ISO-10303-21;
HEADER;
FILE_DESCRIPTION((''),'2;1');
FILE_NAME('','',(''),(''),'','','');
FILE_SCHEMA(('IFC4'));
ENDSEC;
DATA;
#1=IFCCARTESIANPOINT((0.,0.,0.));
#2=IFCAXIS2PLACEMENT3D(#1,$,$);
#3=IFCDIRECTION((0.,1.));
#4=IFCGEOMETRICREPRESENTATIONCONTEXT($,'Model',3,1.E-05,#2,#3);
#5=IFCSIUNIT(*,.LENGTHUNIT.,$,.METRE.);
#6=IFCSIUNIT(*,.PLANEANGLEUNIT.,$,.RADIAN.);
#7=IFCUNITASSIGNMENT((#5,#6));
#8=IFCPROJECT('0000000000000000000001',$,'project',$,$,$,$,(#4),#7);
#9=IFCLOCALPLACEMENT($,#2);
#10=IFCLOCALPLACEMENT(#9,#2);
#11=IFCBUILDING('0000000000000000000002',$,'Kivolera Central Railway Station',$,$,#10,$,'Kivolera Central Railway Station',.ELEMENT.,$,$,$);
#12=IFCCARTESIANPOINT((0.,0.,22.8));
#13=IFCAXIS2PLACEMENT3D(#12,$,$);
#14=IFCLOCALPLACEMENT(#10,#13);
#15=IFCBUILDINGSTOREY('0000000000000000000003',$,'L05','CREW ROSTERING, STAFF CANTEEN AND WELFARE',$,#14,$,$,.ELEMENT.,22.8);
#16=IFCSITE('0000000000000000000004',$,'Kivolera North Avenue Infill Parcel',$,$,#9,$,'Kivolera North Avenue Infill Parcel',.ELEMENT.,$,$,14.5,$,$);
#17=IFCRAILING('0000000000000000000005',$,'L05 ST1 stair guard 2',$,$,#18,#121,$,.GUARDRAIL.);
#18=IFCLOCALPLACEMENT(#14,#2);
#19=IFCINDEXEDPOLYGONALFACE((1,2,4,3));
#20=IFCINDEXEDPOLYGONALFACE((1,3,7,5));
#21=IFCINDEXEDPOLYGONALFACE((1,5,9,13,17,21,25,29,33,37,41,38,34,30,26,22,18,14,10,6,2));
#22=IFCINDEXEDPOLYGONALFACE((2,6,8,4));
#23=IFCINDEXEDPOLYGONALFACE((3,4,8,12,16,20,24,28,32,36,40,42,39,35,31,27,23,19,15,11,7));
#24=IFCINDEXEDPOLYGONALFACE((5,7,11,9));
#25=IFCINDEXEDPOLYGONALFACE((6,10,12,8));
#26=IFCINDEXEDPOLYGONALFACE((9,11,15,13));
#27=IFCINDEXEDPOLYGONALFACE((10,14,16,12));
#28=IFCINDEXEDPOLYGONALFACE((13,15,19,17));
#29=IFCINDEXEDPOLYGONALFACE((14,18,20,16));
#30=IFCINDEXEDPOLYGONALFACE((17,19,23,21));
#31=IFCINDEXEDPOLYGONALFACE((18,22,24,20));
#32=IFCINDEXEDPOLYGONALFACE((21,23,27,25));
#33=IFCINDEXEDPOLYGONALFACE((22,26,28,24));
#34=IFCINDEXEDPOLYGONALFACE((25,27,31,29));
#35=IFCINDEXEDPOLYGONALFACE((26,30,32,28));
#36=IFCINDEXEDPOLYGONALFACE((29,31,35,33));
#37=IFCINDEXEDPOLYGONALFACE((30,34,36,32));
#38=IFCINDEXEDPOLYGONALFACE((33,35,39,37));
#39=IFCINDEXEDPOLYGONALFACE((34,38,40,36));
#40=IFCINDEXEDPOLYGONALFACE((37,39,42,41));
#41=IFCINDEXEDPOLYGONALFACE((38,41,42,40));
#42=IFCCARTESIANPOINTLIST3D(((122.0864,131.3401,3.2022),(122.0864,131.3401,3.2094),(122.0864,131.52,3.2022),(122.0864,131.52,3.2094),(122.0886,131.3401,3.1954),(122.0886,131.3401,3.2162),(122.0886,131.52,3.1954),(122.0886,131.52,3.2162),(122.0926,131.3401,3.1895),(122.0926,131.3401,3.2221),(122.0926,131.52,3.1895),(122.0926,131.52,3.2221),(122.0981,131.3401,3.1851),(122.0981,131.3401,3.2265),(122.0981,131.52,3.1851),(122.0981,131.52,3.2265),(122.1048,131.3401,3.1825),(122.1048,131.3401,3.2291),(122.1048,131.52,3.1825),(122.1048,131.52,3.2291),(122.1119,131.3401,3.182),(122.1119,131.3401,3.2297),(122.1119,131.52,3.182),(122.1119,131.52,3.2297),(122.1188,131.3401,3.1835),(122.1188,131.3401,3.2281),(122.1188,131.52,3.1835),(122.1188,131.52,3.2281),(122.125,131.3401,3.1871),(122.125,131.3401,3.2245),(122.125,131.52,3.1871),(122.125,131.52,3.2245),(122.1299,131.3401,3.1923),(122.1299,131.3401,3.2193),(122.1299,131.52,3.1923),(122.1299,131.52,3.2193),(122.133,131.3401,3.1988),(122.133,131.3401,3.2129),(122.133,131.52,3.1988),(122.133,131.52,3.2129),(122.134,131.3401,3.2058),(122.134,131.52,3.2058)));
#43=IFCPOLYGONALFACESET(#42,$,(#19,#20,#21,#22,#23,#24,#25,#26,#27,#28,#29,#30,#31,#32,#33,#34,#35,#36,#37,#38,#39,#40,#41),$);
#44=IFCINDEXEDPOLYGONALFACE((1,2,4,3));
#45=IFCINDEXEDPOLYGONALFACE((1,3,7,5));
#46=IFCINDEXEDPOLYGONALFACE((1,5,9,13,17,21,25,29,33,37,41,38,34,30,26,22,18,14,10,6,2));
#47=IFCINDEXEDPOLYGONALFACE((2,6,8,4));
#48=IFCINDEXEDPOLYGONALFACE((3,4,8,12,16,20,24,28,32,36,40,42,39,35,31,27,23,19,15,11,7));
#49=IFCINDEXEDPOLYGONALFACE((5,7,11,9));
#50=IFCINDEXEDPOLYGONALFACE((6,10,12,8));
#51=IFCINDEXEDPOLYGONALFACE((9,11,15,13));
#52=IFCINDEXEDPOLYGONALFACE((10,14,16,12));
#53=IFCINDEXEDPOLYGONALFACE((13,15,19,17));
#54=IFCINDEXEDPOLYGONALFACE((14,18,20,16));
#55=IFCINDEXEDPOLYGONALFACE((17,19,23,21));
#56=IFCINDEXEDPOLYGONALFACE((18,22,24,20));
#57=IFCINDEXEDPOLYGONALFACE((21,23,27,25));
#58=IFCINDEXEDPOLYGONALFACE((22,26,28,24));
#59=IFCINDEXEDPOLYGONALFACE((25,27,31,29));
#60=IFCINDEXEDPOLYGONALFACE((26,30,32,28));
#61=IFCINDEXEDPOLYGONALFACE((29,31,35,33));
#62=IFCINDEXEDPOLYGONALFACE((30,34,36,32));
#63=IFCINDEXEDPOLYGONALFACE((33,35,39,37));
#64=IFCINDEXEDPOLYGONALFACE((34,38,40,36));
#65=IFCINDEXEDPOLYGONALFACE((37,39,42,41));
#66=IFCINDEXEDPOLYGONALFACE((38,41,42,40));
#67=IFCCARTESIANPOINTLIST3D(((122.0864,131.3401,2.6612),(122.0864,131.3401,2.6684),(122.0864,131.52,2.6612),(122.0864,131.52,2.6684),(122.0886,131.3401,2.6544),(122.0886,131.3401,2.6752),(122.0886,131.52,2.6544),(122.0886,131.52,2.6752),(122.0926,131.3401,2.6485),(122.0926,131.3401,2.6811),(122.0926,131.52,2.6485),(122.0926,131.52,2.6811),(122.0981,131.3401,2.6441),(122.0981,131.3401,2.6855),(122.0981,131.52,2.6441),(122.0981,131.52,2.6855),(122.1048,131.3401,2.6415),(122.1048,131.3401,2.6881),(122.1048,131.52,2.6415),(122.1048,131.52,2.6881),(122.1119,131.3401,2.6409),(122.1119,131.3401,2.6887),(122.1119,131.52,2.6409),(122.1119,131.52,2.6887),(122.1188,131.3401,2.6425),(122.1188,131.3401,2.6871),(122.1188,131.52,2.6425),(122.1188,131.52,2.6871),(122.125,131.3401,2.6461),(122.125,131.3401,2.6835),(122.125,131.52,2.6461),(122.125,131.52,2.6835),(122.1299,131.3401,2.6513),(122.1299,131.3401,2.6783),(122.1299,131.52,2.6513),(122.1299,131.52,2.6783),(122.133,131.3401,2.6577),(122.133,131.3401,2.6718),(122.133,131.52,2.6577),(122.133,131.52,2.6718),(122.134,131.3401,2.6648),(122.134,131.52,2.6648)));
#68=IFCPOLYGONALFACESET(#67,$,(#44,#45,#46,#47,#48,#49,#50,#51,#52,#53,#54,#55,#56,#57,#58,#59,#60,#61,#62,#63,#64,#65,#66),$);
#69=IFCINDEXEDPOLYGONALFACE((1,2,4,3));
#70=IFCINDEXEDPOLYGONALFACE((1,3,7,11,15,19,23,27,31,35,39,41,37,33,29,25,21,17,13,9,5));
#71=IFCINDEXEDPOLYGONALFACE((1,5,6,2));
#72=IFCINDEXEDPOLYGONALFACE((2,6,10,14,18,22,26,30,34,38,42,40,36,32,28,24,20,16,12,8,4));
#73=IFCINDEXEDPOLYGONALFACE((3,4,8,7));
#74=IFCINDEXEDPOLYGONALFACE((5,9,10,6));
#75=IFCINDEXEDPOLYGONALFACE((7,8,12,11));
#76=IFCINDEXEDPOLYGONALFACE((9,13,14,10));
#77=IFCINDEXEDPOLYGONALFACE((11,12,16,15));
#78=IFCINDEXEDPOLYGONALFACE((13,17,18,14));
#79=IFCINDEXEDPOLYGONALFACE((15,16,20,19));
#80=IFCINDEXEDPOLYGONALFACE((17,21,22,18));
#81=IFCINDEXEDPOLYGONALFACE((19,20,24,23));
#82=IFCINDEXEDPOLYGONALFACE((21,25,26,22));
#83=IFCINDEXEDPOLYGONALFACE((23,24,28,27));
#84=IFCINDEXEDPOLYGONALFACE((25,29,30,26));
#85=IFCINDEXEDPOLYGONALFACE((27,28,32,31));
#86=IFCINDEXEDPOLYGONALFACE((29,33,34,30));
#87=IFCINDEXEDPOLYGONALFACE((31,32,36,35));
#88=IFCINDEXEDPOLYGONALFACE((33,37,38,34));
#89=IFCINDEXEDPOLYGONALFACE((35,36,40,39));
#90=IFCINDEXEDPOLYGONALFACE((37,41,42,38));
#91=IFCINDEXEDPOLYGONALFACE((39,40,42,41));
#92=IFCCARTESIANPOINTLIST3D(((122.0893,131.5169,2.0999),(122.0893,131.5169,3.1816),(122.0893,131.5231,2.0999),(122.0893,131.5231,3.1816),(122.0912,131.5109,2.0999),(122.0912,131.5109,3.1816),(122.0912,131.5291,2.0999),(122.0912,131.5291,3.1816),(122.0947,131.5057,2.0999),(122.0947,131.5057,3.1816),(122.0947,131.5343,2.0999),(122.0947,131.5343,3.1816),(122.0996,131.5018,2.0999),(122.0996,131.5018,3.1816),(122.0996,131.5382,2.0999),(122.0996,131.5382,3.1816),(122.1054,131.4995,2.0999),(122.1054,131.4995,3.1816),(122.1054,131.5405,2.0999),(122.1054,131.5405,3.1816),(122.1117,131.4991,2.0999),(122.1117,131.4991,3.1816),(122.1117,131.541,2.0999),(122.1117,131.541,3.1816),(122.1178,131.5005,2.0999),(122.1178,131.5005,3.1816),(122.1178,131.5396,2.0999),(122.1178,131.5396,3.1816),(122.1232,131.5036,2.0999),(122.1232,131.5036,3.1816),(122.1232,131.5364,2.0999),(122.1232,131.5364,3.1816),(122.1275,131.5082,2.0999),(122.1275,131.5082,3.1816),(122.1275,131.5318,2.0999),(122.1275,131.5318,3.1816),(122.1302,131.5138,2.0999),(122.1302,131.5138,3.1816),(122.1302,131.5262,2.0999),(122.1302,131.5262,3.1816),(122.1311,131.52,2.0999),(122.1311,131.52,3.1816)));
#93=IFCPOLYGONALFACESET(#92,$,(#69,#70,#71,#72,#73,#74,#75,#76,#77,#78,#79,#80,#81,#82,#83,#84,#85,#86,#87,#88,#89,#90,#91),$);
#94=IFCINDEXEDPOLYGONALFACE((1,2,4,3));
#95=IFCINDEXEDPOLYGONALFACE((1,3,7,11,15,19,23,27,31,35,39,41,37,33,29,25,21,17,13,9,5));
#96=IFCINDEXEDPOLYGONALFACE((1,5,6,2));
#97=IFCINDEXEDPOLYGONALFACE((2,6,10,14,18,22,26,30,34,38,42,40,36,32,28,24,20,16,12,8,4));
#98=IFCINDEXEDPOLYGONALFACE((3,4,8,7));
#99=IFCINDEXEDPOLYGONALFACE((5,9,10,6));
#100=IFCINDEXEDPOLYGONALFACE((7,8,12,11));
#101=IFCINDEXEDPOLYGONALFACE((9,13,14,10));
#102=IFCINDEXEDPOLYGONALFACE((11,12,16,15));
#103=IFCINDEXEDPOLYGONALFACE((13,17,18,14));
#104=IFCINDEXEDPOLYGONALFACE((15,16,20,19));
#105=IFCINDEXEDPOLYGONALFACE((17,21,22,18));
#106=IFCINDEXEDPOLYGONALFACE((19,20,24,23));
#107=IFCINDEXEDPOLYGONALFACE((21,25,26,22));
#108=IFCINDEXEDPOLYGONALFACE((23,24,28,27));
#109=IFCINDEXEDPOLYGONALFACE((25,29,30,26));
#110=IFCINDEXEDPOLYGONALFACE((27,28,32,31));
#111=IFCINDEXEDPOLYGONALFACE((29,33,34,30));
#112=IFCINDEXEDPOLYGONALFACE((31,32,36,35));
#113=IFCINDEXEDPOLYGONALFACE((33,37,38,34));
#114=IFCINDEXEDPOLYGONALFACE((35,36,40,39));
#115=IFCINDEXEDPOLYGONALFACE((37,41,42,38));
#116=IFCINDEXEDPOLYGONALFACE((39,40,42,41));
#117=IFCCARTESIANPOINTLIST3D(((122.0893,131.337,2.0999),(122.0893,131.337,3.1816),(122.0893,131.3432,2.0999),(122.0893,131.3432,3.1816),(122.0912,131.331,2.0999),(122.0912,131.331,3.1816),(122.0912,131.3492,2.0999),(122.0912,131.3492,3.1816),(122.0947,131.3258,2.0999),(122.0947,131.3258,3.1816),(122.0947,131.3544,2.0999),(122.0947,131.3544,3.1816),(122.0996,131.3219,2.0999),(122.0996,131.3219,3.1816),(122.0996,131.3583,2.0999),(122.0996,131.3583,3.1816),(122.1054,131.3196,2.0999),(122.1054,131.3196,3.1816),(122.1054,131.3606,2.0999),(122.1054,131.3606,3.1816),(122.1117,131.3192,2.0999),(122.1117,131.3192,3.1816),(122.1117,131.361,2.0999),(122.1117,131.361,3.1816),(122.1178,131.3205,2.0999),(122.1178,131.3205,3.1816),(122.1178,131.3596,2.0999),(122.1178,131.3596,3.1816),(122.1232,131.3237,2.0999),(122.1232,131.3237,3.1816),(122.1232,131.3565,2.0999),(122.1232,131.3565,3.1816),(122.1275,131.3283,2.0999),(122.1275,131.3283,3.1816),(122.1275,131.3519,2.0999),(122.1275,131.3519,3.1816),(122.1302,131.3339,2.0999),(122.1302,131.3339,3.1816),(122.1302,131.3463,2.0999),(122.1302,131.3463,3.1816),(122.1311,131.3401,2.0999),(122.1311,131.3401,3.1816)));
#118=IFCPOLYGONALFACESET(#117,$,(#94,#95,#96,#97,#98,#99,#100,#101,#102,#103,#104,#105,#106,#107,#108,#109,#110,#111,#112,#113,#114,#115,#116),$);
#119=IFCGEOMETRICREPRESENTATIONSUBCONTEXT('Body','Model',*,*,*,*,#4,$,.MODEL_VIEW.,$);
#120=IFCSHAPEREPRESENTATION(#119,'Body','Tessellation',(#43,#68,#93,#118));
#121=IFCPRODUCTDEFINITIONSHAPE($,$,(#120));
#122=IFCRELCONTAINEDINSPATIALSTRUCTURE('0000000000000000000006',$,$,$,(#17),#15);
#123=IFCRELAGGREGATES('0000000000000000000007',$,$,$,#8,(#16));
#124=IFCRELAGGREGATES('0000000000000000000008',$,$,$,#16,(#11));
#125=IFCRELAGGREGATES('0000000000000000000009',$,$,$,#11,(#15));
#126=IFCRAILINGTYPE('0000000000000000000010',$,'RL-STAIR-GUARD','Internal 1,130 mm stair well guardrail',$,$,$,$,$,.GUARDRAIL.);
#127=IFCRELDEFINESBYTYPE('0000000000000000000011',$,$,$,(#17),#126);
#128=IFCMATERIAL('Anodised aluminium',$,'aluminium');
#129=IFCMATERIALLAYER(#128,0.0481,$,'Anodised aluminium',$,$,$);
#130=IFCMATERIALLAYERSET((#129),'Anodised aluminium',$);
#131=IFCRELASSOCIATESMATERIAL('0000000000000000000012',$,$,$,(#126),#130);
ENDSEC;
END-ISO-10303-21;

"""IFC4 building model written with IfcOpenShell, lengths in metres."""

from ifc_helpers import new_model, si_unit, direction, frame, origin, origin_2d, place, context, subcontext, project, spatial, circle, extrude, material, layer, layer_set, type_object, element, save


model = new_model("IFC4")

# Units and contexts
model_context = context("Model", 3, precision=1e-05, world=origin(), true_north=direction((0.0, 1.0)))
body_context = subcontext(model_context, "Body", "Model", "MODEL_VIEW")
ifc_project = project(units=[si_unit("LENGTHUNIT", "METRE"), si_unit("PLANEANGLEUNIT", "RADIAN")], contexts=[model_context])

# Site, building, storey
site_placement = place(None, origin())
site = spatial("IfcSite", under=ifc_project, at=site_placement, Name="Kivolera North Avenue Infill Parcel", LongName="Kivolera North Avenue Infill Parcel", CompositionType="ELEMENT", RefElevation=14.5)
building_placement = place(site_placement, origin())
building = spatial("IfcBuilding", under=site, at=building_placement, Name="Kivolera Central Railway Station", LongName="Kivolera Central Railway Station", CompositionType="ELEMENT")
storey_placement = place(building_placement, frame((0.0, 0.0, 22.8)))
storey = spatial("IfcBuildingStorey", under=building, at=storey_placement, Name="L05", Description="CREW ROSTERING, STAFF CANTEEN AND WELFARE", CompositionType="ELEMENT", Elevation=22.8)

# Shared definitions
ifc_material_1 = material(Name="Anodised aluminium", Category="aluminium")

# Railing
ifc_layer_1 = layer(ifc_material_1, 0.0481, Name="Anodised aluminium")
ifc_layer_set_1 = layer_set([ifc_layer_1], Name="Anodised aluminium")
railing_type_1 = type_object("IfcRailingType", Name="RL-STAIR-GUARD", Description="Internal 1,130 mm stair well guardrail", PredefinedType="GUARDRAIL", material=ifc_layer_set_1)
railing_1_placement = place(storey_placement, frame((122.1101, 131.52, 2.0999)))
element("IfcRailing", 1, at=railing_1_placement, inside=storey, type_object=railing_type_1, Name="L05 ST1 stair guard 2", PredefinedType="GUARDRAIL", context=body_context, shape_type="SweptSolid", body=[
    extrude(circle(Radius=0.0239, at=origin_2d()), frame((0.0, 0.0, 1.106), z_axis=(0.0, -1.0, 0.0), x_axis=(1.0, 0.0, 0.0)), (0.0, 0.0, 1.0), 0.1799),
    extrude(circle(Radius=0.0239, at=origin_2d()), frame((0.0, 0.0, 0.5649), z_axis=(0.0, -1.0, 0.0), x_axis=(1.0, 0.0, 0.0)), (0.0, 0.0, 1.0), 0.1799),
    extrude(circle(Radius=0.021, at=origin_2d()), origin(), (0.0, 0.0, 1.0), 1.0818),
    extrude(circle(Radius=0.021, at=origin_2d()), frame((0.0, -0.1799, 0.0)), (0.0, 0.0, 1.0), 1.0818),
])

save(model, "model.ifc")
